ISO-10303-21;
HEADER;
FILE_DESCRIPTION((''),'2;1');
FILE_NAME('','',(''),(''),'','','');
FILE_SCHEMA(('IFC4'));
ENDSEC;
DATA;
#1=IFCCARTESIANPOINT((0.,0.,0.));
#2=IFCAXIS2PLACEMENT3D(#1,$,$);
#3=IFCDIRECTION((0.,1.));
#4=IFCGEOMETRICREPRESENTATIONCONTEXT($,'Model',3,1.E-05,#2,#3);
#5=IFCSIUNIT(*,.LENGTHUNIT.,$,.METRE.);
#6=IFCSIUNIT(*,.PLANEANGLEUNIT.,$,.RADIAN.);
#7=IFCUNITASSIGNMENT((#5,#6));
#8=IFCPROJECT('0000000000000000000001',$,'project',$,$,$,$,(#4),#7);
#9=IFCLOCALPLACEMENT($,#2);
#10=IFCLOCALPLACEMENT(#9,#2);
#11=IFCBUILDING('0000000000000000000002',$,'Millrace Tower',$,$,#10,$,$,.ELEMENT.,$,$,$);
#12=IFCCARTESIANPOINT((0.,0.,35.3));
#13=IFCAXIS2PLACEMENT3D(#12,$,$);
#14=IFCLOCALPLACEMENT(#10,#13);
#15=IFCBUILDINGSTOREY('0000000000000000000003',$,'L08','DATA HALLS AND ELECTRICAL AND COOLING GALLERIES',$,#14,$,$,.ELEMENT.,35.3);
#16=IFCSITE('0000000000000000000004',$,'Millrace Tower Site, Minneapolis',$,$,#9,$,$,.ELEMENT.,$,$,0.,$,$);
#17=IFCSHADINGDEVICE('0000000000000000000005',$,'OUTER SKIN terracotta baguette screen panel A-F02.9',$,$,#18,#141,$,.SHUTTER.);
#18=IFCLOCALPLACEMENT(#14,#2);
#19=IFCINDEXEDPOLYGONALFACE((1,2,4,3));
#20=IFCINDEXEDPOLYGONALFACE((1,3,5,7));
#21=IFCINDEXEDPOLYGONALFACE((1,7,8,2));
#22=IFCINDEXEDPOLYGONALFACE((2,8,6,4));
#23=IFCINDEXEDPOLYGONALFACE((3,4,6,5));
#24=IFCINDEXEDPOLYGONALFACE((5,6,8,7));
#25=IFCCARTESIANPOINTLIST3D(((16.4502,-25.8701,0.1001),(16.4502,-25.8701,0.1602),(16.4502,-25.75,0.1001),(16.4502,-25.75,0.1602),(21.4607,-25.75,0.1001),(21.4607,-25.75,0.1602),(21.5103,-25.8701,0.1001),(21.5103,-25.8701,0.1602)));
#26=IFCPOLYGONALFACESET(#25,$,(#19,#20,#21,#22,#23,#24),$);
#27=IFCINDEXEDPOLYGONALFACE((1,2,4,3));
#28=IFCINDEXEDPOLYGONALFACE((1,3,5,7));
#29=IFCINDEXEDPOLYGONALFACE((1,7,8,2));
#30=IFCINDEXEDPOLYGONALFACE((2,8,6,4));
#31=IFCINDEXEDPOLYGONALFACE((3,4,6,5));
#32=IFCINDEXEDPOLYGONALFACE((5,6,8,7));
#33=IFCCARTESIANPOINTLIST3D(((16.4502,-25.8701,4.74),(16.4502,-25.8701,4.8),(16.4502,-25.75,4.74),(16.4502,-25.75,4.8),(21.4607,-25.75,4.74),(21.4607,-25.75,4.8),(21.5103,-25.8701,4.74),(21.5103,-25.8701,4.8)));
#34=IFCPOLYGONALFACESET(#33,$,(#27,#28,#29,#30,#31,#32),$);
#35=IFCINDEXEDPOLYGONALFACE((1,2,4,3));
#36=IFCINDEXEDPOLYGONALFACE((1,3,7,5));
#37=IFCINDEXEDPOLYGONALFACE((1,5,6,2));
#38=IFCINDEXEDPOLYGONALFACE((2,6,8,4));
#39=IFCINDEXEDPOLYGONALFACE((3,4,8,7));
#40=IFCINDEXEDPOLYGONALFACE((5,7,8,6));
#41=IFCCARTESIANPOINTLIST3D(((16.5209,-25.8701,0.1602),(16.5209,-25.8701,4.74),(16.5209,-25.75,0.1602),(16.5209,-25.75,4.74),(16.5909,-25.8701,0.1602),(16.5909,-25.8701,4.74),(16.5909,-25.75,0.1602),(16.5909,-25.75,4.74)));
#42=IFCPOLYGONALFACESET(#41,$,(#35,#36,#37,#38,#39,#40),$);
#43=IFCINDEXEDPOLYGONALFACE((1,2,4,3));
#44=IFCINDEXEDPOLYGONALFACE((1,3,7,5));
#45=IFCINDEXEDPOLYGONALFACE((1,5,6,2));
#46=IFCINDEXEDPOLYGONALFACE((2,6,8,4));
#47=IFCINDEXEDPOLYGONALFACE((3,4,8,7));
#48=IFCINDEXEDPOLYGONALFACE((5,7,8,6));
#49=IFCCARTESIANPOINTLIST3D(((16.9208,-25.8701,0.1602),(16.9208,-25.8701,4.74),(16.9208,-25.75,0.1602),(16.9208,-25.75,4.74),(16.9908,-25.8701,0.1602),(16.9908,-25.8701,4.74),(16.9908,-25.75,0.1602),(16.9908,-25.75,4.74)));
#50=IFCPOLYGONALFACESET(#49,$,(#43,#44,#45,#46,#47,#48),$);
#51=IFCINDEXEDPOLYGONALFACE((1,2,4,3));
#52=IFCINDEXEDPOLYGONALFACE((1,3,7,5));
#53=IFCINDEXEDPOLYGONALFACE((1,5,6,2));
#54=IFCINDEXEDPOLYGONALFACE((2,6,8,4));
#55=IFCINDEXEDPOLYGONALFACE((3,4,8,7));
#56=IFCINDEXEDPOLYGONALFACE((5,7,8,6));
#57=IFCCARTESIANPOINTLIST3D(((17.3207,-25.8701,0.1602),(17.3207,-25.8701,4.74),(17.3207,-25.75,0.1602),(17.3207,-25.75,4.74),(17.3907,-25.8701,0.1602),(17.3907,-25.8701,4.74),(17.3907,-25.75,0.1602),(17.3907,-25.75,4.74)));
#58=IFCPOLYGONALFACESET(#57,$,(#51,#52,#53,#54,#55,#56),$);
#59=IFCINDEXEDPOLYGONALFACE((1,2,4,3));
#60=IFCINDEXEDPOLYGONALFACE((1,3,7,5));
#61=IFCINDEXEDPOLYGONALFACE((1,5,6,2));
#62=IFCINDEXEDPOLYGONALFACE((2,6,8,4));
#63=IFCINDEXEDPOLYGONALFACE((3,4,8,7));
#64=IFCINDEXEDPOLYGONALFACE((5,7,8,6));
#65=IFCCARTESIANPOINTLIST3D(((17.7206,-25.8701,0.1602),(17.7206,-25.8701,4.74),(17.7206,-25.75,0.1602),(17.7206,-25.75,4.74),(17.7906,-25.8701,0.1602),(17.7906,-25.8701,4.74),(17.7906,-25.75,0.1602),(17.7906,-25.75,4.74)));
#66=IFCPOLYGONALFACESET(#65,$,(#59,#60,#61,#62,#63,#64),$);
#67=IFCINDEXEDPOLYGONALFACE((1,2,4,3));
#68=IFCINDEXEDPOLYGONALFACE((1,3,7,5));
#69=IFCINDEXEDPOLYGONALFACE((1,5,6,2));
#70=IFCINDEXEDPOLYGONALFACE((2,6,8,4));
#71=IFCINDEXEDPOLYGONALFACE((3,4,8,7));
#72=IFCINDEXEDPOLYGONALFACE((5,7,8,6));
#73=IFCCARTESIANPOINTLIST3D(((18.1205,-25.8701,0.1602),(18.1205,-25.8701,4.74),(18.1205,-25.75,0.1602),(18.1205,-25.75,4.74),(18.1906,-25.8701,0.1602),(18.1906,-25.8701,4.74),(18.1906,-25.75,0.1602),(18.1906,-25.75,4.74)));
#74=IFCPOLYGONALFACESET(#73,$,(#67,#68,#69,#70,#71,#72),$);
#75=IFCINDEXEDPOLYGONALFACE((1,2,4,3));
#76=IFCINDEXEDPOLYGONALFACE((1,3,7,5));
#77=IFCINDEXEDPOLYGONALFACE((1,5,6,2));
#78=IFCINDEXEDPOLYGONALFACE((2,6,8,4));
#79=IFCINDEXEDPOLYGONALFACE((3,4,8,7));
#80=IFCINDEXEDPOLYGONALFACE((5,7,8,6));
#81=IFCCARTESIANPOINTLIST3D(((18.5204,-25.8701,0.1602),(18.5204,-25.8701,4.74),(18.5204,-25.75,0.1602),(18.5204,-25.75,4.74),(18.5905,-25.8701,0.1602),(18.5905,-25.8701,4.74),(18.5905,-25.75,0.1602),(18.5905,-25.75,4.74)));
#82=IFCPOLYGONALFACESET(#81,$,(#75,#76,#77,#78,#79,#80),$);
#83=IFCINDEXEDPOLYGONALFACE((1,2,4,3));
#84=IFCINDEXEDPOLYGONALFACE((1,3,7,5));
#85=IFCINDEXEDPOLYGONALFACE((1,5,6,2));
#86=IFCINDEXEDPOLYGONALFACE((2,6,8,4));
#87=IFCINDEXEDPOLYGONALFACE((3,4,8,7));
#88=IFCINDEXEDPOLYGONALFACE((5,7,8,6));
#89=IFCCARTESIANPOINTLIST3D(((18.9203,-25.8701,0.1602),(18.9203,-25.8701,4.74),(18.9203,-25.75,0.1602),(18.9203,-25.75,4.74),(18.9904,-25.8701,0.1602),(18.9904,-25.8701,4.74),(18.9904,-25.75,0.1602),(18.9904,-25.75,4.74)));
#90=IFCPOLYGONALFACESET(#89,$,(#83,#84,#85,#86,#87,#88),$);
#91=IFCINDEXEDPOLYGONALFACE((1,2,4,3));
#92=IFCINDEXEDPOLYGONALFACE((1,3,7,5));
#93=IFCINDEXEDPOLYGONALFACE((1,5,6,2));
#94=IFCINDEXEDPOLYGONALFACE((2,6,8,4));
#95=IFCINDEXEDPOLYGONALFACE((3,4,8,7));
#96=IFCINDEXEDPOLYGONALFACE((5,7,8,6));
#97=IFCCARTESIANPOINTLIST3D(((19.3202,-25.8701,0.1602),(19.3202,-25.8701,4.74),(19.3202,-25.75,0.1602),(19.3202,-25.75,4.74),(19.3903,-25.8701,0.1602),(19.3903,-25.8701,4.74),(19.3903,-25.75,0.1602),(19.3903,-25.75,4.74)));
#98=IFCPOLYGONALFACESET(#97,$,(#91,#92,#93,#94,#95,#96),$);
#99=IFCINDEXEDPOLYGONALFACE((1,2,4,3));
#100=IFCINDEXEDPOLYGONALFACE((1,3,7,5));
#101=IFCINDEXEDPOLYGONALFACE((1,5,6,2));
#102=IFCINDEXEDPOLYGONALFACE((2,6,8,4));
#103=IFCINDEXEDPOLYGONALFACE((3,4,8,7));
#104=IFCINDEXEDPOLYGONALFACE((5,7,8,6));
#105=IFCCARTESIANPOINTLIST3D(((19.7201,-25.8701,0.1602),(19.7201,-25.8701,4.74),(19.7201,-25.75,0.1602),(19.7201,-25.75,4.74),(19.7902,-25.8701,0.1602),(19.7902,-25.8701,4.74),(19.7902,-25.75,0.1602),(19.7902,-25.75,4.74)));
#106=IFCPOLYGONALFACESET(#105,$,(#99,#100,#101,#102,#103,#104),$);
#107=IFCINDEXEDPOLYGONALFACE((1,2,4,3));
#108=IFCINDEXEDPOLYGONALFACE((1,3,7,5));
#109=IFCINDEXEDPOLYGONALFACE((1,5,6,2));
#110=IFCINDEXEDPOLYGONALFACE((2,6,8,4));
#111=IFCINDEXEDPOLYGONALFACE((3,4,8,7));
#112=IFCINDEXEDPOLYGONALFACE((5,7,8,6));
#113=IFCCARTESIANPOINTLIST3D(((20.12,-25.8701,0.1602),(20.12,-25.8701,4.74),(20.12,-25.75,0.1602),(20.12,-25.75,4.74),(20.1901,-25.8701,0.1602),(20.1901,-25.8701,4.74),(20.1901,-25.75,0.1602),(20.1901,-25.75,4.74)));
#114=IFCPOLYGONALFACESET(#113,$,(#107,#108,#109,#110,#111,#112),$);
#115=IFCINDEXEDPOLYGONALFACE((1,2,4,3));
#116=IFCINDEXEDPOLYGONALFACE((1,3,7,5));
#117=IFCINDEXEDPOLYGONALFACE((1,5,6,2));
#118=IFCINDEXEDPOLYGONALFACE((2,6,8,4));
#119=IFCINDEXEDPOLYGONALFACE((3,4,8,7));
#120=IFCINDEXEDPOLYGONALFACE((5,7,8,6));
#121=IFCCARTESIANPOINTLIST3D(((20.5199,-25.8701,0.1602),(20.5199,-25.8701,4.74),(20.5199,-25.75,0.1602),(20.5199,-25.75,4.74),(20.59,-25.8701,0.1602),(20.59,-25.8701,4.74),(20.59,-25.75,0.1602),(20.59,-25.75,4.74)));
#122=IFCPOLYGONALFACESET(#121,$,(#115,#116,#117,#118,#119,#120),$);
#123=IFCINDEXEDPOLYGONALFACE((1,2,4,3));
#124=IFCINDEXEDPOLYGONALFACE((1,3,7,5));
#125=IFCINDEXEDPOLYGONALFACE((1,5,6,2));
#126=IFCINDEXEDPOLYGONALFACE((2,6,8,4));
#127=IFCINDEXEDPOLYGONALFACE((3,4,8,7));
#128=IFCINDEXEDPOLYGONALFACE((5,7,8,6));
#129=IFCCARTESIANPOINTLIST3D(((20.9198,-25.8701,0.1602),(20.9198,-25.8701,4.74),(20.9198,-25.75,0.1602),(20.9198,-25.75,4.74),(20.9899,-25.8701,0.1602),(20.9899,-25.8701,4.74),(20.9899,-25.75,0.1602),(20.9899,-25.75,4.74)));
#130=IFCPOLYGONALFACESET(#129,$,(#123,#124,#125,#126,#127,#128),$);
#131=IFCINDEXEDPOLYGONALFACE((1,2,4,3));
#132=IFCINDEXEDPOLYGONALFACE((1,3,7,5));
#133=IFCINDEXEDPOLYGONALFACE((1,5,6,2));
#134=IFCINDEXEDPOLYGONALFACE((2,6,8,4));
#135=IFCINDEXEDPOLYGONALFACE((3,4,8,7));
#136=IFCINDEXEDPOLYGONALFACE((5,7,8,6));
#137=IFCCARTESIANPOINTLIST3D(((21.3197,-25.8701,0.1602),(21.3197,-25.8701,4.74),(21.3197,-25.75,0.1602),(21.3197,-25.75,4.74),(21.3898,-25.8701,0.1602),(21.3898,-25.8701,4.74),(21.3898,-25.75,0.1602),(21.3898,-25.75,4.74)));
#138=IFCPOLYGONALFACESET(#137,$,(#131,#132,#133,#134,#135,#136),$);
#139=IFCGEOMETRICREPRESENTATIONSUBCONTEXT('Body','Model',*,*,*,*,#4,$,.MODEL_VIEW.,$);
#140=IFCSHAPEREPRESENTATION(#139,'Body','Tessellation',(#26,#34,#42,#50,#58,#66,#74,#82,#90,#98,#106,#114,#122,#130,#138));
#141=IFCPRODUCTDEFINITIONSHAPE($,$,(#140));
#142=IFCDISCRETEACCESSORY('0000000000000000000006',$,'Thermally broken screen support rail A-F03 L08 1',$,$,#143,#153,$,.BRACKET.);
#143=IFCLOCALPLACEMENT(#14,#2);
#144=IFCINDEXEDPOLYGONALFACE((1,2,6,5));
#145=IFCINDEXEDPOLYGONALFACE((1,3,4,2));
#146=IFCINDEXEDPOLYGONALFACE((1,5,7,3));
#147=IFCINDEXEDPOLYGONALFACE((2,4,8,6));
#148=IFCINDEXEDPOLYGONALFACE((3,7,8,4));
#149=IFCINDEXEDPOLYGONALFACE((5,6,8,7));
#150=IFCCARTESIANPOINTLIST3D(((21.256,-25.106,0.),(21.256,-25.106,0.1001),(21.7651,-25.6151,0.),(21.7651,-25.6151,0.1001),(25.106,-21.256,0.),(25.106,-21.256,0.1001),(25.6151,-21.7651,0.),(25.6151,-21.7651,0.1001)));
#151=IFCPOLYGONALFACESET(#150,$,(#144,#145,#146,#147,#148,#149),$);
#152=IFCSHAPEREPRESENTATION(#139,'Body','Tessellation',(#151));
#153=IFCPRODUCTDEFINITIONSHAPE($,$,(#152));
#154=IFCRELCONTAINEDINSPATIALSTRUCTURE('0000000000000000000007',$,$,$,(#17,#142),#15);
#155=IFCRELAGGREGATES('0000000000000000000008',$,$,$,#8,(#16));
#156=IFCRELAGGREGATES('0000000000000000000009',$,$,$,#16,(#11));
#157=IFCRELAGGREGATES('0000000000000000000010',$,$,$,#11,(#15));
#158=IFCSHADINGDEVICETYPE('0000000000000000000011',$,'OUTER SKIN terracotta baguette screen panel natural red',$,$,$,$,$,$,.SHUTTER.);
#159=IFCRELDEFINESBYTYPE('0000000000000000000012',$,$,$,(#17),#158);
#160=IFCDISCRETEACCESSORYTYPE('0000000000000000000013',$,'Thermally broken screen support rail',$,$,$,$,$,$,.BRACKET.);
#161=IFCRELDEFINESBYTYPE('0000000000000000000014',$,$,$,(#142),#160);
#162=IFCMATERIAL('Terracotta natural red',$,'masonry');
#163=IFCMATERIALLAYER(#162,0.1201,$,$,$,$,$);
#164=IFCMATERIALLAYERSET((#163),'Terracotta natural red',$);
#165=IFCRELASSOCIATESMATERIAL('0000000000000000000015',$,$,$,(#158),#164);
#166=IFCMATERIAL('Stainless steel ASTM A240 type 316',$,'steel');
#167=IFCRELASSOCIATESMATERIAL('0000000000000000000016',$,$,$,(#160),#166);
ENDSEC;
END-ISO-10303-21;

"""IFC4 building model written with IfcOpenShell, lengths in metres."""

from ifc_helpers import new_model, entity, si_unit, direction, frame, frame_2d, origin, origin_2d, place, context, subcontext, project, spatial, rectangle, extrude, source, transform, mapped, material, layer, layer_set, type_object, element, save


model = new_model("IFC4")

# Units and contexts
model_context = context("Model", 3, precision=1e-05, world=origin(), true_north=direction((0.0, 1.0)))
body_context = subcontext(model_context, "Body", "Model", "MODEL_VIEW")
ifc_project = project(units=[si_unit("LENGTHUNIT", "METRE"), si_unit("PLANEANGLEUNIT", "RADIAN")], contexts=[model_context])

# Site, building, storey
site_placement = place(None, origin())
site = spatial("IfcSite", under=ifc_project, at=site_placement, Name="Millrace Tower Site, Minneapolis", CompositionType="ELEMENT", RefElevation=0.0)
building_placement = place(site_placement, origin())
building = spatial("IfcBuilding", under=site, at=building_placement, Name="Millrace Tower", CompositionType="ELEMENT")
storey_placement = place(building_placement, frame((0.0, 0.0, 35.3)))
storey = spatial("IfcBuildingStorey", under=building, at=storey_placement, Name="L08", Description="DATA HALLS AND ELECTRICAL AND COOLING GALLERIES", CompositionType="ELEMENT", Elevation=35.3)

# Shading device
ifc_material_1 = material(Name="Terracotta natural red", Category="masonry")
ifc_layer_1 = layer(ifc_material_1, 0.1201)
ifc_layer_set_1 = layer_set([ifc_layer_1], Name="Terracotta natural red")
shading_device_type_1 = type_object("IfcShadingDeviceType", Name="OUTER SKIN terracotta baguette screen panel natural red", PredefinedType="SHUTTER", material=ifc_layer_set_1)
cartesian_point_1 = entity("IfcCartesianPoint", [-2.5176, 0.0601])
shared_polyline_1 = entity("IfcPolyline", [cartesian_point_1, entity("IfcCartesianPoint", [2.4929, 0.0601]), entity("IfcCartesianPoint", [2.5425, -0.0601]), entity("IfcCartesianPoint", [-2.5176, -0.0601]), cartesian_point_1])
shared_shape_1 = source(origin(), body_context, "Body", "SweptSolid", [
    entity("IfcExtrudedAreaSolid", entity("IfcArbitraryClosedProfileDef", "AREA", None, shared_polyline_1), entity("IfcAxis2Placement3D", entity("IfcCartesianPoint", [0.0, 0.0, 0.0])), entity("IfcDirection", [0.0, 0.0, 1.0]), 0.0601),
    entity("IfcExtrudedAreaSolid", entity("IfcArbitraryClosedProfileDef", "AREA", None, shared_polyline_1), entity("IfcAxis2Placement3D", entity("IfcCartesianPoint", [0.0, 0.0, 4.6399])), entity("IfcDirection", [0.0, 0.0, 1.0]), 0.0601),
    extrude(rectangle(XDim=0.0701, YDim=0.1201, at=frame_2d((-2.4119, 0.0))), frame((0.0, 0.0, 0.0601)), (0.0, 0.0, 1.0), 4.5798),
    extrude(rectangle(XDim=0.0701, YDim=0.1201, at=frame_2d((-2.012, 0.0))), frame((0.0, 0.0, 0.0601)), (0.0, 0.0, 1.0), 4.5798),
    extrude(rectangle(XDim=0.0701, YDim=0.1201, at=frame_2d((-1.6121, 0.0))), frame((0.0, 0.0, 0.0601)), (0.0, 0.0, 1.0), 4.5798),
    extrude(rectangle(XDim=0.0701, YDim=0.1201, at=frame_2d((-1.2122, 0.0))), frame((0.0, 0.0, 0.0601)), (0.0, 0.0, 1.0), 4.5798),
    extrude(rectangle(XDim=0.0701, YDim=0.1201, at=frame_2d((-0.8123, 0.0))), frame((0.0, 0.0, 0.0601)), (0.0, 0.0, 1.0), 4.5798),
    extrude(rectangle(XDim=0.0701, YDim=0.1201, at=frame_2d((-0.4124, 0.0))), frame((0.0, 0.0, 0.0601)), (0.0, 0.0, 1.0), 4.5798),
    extrude(rectangle(XDim=0.0701, YDim=0.1201, at=frame_2d((-0.0125, 0.0))), frame((0.0, 0.0, 0.0601)), (0.0, 0.0, 1.0), 4.5798),
    extrude(rectangle(XDim=0.0701, YDim=0.1201, at=frame_2d((0.3875, 0.0))), frame((0.0, 0.0, 0.0601)), (0.0, 0.0, 1.0), 4.5798),
    extrude(rectangle(XDim=0.0701, YDim=0.1201, at=frame_2d((0.7874, 0.0))), frame((0.0, 0.0, 0.0601)), (0.0, 0.0, 1.0), 4.5798),
    extrude(rectangle(XDim=0.0701, YDim=0.1201, at=frame_2d((1.1873, 0.0))), frame((0.0, 0.0, 0.0601)), (0.0, 0.0, 1.0), 4.5798),
    extrude(rectangle(XDim=0.0701, YDim=0.1201, at=frame_2d((1.5872, 0.0))), frame((0.0, 0.0, 0.0601)), (0.0, 0.0, 1.0), 4.5798),
    extrude(rectangle(XDim=0.0701, YDim=0.1201, at=frame_2d((1.9871, 0.0))), frame((0.0, 0.0, 0.0601)), (0.0, 0.0, 1.0), 4.5798),
    extrude(rectangle(XDim=0.0701, YDim=0.1201, at=frame_2d((2.387, 0.0))), frame((0.0, 0.0, 0.0601)), (0.0, 0.0, 1.0), 4.5798),
])
shading_device_1_placement = place(storey_placement, frame((18.9678, -25.8101, 0.1001), z_axis=(0.0, 0.0, 1.0), x_axis=(1.0, 0.0, 0.0)))
element("IfcShadingDevice", 1, at=shading_device_1_placement, inside=storey, type_object=shading_device_type_1, Name="OUTER SKIN terracotta baguette screen panel A-F02.9", PredefinedType="SHUTTER", context=body_context, shape_type="MappedRepresentation", body=[
    mapped(shared_shape_1, transform((0.0, 0.0, 0.0), scale=1.0)),
])

# Discrete accessory
ifc_material_2 = material(Name="Stainless steel ASTM A240 type 316", Category="steel")
discrete_accessory_type = type_object("IfcDiscreteAccessoryType", Name="Thermally broken screen support rail", PredefinedType="BRACKET", material=ifc_material_2)
discrete_accessory_placement = place(storey_placement, frame((23.4355, -23.4355, 0.0), z_axis=(0.0, 0.0, 1.0), x_axis=(0.707107, 0.707107, 0.0)))
element("IfcDiscreteAccessory", 2, at=discrete_accessory_placement, inside=storey, type_object=discrete_accessory_type, Name="Thermally broken screen support rail A-F03 L08 1", PredefinedType="BRACKET", context=body_context, shape_type="SweptSolid", body=[
    extrude(rectangle(XDim=5.4448, YDim=0.72, at=origin_2d()), origin(), (0.0, 0.0, 1.0), 0.1001),
])

save(model, "model.ifc")
